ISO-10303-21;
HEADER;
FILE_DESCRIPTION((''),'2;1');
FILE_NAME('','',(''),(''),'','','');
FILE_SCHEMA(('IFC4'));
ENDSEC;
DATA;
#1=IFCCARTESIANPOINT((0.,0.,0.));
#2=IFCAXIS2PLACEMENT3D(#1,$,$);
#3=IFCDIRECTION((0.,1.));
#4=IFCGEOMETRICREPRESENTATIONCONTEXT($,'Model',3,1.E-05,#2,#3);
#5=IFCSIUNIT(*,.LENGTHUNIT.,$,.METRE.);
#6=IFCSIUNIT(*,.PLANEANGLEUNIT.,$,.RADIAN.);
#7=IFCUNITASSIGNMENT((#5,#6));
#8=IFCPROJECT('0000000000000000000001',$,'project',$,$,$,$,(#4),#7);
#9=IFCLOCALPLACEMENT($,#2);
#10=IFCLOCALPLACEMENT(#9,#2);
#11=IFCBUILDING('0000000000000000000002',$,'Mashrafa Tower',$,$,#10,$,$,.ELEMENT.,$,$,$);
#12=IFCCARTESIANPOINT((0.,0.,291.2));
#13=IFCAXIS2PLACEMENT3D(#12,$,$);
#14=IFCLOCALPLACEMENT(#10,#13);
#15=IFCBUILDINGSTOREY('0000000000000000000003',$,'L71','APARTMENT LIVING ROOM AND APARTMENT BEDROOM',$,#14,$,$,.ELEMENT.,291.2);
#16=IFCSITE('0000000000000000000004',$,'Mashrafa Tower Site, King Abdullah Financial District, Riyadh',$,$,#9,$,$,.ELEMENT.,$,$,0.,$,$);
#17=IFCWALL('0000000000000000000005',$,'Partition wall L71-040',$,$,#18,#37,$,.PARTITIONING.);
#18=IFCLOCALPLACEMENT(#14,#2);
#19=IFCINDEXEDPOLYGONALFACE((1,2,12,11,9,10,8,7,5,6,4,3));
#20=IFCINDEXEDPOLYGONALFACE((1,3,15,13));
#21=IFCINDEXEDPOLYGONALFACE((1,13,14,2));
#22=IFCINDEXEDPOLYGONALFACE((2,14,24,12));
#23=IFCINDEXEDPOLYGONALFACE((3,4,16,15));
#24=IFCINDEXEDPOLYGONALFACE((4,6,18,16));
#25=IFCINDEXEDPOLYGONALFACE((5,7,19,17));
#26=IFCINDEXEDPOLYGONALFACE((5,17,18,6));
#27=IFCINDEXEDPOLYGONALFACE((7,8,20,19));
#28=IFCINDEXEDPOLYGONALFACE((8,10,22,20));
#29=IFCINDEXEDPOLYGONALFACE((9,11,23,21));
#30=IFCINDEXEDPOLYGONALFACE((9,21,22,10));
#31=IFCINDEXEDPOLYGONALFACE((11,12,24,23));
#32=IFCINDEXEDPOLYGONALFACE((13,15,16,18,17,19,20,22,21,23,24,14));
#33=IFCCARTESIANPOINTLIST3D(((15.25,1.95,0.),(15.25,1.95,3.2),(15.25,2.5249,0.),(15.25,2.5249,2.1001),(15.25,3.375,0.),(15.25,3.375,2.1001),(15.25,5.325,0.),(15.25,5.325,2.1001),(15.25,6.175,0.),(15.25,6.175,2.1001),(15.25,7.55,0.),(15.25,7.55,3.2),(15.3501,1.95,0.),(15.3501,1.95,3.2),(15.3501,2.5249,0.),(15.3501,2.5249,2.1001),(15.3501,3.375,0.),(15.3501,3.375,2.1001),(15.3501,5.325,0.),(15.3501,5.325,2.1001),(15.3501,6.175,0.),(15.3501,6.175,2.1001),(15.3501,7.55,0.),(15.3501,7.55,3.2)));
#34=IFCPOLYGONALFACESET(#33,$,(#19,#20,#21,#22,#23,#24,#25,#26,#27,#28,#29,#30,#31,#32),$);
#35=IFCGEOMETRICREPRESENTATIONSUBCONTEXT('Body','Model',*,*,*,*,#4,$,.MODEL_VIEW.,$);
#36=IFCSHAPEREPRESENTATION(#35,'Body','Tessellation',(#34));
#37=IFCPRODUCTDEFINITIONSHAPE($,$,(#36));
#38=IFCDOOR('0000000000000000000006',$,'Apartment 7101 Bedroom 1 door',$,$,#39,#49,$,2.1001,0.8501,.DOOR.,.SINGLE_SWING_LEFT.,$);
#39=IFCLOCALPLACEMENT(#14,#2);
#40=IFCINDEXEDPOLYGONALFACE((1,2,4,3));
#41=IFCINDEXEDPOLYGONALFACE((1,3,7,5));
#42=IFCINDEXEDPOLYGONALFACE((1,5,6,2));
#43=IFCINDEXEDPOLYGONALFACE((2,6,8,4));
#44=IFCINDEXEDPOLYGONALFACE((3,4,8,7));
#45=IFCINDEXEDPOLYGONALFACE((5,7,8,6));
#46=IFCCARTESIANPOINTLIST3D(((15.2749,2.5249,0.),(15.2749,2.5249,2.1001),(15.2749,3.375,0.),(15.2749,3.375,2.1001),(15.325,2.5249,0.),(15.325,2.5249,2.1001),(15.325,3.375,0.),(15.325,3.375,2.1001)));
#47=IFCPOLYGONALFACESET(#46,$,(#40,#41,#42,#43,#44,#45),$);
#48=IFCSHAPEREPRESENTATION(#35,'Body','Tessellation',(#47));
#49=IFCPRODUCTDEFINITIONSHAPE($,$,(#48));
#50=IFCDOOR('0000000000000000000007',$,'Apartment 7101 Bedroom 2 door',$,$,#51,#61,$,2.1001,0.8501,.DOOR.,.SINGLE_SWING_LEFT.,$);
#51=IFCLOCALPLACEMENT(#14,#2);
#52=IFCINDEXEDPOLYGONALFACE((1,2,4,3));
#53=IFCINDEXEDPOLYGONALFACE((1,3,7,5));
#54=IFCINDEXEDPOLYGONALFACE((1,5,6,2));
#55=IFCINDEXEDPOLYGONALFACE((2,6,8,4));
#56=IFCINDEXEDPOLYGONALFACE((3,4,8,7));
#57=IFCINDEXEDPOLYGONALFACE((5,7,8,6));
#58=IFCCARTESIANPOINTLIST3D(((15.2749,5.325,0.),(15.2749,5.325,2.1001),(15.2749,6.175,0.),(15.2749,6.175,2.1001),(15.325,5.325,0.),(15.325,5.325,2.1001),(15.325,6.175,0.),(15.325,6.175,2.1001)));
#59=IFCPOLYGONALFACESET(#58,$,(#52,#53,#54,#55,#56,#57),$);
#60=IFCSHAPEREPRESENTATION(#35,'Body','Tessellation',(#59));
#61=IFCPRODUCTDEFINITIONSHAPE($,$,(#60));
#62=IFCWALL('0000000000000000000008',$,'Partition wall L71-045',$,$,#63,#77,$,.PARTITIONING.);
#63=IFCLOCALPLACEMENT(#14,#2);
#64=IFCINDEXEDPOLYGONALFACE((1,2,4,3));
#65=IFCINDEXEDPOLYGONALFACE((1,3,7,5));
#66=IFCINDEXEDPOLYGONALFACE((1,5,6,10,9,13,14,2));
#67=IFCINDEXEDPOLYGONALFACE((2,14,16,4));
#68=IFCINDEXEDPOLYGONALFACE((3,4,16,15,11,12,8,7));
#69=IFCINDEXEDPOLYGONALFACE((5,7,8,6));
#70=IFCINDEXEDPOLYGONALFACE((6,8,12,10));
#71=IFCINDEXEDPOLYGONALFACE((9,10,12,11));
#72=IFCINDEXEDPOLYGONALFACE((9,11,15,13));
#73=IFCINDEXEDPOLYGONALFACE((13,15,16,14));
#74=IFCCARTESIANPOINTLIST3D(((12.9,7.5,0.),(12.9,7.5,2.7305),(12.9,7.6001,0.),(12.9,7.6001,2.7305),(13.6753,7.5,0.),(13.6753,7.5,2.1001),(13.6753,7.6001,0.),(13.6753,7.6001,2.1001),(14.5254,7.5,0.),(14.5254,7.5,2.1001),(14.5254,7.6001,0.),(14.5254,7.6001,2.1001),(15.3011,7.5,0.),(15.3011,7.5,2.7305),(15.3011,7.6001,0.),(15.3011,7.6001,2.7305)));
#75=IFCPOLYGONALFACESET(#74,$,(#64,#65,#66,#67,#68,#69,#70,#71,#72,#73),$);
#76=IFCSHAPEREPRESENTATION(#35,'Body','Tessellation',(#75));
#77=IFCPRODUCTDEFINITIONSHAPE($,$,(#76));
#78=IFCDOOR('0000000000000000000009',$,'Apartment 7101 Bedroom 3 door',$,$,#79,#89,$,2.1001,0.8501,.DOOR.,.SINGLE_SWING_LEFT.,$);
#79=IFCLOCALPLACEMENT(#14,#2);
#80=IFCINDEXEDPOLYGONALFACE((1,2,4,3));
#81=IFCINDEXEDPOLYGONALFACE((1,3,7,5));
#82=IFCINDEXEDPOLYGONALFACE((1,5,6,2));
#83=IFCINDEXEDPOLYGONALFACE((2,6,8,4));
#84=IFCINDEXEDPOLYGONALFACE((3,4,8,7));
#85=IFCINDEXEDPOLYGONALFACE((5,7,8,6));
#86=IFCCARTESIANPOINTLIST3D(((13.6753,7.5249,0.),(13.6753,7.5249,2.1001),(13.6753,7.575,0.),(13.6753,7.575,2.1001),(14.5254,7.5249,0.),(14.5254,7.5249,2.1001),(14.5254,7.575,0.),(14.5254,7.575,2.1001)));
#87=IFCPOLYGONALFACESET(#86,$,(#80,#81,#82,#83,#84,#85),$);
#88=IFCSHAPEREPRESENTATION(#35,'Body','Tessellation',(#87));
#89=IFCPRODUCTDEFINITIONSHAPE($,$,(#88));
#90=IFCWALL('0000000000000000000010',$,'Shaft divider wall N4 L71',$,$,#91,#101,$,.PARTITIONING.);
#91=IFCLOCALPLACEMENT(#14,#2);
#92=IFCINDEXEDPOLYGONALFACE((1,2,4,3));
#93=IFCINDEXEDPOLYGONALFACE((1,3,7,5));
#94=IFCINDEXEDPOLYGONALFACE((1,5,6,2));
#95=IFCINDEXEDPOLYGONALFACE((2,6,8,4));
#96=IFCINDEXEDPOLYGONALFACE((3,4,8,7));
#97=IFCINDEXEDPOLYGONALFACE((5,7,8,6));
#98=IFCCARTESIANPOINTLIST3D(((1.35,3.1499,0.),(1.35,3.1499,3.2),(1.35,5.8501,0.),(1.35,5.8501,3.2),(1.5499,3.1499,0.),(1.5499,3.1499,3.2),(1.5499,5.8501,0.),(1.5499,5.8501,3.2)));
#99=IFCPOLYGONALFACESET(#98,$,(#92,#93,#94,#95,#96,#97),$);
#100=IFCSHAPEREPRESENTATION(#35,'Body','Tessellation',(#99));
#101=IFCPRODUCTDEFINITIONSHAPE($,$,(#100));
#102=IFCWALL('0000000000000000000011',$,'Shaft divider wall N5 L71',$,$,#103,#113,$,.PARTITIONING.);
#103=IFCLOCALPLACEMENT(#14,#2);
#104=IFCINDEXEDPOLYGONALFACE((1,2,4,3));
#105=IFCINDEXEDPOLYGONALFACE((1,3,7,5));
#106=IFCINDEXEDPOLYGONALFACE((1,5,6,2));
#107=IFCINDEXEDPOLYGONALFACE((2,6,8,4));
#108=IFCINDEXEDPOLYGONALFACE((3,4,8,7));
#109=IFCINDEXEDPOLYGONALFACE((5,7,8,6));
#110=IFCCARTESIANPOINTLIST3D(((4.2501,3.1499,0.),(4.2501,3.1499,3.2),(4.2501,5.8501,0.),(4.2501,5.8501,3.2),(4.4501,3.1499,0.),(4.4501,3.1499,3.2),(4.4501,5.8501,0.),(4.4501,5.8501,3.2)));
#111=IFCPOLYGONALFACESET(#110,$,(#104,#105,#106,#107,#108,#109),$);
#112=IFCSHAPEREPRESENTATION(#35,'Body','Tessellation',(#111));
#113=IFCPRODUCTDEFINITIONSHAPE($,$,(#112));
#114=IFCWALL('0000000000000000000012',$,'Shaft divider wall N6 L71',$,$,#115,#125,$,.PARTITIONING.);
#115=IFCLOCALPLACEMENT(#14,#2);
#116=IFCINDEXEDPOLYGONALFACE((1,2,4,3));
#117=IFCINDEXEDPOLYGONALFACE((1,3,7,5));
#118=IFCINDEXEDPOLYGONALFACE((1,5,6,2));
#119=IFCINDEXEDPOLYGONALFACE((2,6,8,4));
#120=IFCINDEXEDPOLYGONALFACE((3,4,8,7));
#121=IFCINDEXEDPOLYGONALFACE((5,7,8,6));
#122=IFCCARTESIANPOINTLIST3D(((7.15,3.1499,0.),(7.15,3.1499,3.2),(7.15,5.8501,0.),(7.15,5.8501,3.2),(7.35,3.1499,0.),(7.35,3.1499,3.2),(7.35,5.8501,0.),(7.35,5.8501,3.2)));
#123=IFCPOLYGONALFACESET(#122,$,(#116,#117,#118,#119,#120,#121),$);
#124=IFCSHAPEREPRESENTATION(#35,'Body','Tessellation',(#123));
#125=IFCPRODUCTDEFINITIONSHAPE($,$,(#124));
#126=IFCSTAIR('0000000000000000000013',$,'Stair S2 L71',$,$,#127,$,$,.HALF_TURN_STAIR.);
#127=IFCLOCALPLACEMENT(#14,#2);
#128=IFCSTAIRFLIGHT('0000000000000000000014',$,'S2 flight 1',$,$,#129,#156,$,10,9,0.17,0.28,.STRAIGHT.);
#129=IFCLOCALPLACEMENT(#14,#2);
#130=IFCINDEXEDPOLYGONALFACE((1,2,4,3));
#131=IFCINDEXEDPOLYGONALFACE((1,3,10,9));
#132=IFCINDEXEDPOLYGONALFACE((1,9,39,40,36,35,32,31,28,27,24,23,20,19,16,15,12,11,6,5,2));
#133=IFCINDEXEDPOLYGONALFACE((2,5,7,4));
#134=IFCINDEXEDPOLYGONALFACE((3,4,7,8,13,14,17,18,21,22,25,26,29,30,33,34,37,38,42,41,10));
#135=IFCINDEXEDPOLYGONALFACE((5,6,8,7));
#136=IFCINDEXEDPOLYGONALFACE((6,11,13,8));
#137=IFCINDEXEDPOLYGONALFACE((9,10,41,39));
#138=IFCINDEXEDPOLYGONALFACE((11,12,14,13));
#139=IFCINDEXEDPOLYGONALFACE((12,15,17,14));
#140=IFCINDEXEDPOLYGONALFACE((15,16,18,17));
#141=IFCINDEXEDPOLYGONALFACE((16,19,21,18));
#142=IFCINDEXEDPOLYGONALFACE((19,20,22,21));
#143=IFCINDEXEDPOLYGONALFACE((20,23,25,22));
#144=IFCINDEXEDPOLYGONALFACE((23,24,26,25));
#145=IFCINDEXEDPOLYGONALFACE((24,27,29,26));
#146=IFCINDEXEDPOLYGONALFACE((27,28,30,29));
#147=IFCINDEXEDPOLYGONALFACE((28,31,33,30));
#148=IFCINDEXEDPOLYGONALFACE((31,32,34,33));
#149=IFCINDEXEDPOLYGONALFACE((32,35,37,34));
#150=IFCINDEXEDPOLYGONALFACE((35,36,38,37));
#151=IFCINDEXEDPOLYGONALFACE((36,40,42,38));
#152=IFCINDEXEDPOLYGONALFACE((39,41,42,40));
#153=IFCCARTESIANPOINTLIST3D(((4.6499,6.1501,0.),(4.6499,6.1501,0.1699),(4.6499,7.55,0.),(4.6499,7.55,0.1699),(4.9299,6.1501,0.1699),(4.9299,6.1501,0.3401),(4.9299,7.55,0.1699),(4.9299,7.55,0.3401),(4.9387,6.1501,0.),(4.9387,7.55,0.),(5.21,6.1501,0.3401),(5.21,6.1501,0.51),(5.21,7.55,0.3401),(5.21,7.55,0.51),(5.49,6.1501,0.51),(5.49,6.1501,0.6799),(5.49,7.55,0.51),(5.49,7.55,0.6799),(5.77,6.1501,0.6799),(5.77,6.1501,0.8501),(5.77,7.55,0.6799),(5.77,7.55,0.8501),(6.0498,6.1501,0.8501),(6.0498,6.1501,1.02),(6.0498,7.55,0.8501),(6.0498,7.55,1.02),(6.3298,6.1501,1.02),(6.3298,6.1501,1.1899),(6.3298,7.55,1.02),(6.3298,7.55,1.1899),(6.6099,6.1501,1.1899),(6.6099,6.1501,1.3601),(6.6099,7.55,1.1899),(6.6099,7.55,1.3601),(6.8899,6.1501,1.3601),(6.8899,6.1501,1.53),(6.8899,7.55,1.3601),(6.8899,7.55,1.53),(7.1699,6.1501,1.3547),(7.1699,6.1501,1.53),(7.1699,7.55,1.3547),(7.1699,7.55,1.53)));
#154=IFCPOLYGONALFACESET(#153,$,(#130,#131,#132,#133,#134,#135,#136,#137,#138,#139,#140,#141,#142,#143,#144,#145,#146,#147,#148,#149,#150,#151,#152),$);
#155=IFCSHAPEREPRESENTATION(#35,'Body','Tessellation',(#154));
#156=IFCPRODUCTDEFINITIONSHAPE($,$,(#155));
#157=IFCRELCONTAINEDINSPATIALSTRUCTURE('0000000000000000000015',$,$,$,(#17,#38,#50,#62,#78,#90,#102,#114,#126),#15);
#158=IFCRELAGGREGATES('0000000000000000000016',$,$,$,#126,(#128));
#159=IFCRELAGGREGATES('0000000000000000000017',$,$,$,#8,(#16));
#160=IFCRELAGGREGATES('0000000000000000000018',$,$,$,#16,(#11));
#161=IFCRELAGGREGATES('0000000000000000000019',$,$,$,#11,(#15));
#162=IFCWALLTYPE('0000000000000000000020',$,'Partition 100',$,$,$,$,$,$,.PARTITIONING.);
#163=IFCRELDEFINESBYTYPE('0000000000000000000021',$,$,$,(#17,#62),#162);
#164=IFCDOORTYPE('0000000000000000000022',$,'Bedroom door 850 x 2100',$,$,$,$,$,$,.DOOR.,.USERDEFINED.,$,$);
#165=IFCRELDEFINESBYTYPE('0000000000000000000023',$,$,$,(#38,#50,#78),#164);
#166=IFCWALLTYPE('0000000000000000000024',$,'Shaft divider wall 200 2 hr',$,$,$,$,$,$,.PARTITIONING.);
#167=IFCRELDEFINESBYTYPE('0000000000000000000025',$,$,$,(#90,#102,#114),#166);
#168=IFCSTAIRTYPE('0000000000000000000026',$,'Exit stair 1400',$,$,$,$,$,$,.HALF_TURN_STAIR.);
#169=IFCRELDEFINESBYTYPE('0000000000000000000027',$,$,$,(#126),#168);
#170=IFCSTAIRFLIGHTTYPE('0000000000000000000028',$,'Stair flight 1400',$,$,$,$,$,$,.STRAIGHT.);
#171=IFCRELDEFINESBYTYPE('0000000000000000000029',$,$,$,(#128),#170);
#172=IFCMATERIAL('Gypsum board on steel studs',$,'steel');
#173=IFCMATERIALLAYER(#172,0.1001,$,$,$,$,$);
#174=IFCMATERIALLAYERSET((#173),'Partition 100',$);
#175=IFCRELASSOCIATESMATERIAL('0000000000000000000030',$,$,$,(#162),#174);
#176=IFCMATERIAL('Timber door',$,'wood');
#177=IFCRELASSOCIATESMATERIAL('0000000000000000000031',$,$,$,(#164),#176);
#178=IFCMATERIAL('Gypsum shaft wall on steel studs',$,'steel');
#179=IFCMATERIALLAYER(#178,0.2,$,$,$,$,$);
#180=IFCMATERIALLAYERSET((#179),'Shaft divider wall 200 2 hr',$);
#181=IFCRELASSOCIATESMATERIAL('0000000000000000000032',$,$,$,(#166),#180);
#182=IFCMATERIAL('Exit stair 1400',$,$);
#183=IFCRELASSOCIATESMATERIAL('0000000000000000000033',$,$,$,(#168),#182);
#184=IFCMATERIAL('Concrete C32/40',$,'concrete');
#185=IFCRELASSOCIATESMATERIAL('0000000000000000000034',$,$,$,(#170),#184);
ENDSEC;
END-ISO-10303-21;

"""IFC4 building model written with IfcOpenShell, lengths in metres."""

from ifc_helpers import new_model, si_unit, direction, frame, frame_2d, origin, place, context, subcontext, project, spatial, polyline, rectangle, outline, extrude, material, layer, layer_set, type_object, element, fill, aggregate, save


model = new_model("IFC4")

# Units and contexts
model_context = context("Model", 3, precision=1e-05, world=origin(), true_north=direction((0.0, 1.0)))
body_context = subcontext(model_context, "Body", "Model", "MODEL_VIEW")
ifc_project = project(units=[si_unit("LENGTHUNIT", "METRE"), si_unit("PLANEANGLEUNIT", "RADIAN")], contexts=[model_context])

# Site, building, storey
site_placement = place(None, origin())
site = spatial("IfcSite", under=ifc_project, at=site_placement, Name="Mashrafa Tower Site, King Abdullah Financial District, Riyadh", CompositionType="ELEMENT", RefElevation=0.0)
building_placement = place(site_placement, origin())
building = spatial("IfcBuilding", under=site, at=building_placement, Name="Mashrafa Tower", CompositionType="ELEMENT")
storey_placement = place(building_placement, frame((0.0, 0.0, 291.2)))
storey = spatial("IfcBuildingStorey", under=building, at=storey_placement, Name="L71", Description="APARTMENT LIVING ROOM AND APARTMENT BEDROOM", CompositionType="ELEMENT", Elevation=291.2)

# Shared definitions
ifc_material_1 = material(Name="Gypsum board on steel studs", Category="steel")
ifc_layer_1 = layer(ifc_material_1, 0.1001)
ifc_layer_set_1 = layer_set([ifc_layer_1], Name="Partition 100")
wall_type_1 = type_object("IfcWallType", Name="Partition 100", PredefinedType="PARTITIONING", material=ifc_layer_set_1)

# Wall, openings, doors
wall_1_placement = place(storey_placement, frame((15.3, 1.95, 0.0), z_axis=(0.0, 0.0, 1.0), x_axis=(0.0, 1.0, 0.0)))
wall_1 = element("IfcWall", 1, at=wall_1_placement, inside=storey, type_object=wall_type_1, Name="Partition wall L71-040", PredefinedType="PARTITIONING", context=body_context, shape_type="SweptSolid", body=[
    extrude(rectangle(XDim=5.6001, YDim=0.1001, at=frame_2d((2.8, 0.0))), origin(), (0.0, 0.0, 1.0), 3.2),
])
opening_1_placement = place(wall_1_placement, frame((0.575, 0.0, 0.0)))
opening_1 = element("IfcOpeningElement", 2, at=opening_1_placement, cuts=wall_1, PredefinedType="OPENING", context=body_context, shape_type="SweptSolid", body=[
    extrude(rectangle(XDim=0.8501, YDim=2.1001, at=frame_2d((0.425, 1.05))), frame((0.0, 0.0601, 0.0), z_axis=(0.0, -1.0, 0.0), x_axis=(1.0, 0.0, 0.0)), (0.0, 0.0, 1.0), 0.1201),
])
opening_2_placement = place(wall_1_placement, frame((3.375, 0.0, 0.0)))
opening_2 = element("IfcOpeningElement", 3, at=opening_2_placement, cuts=wall_1, PredefinedType="OPENING", context=body_context, shape_type="SweptSolid", body=[
    extrude(rectangle(XDim=0.8501, YDim=2.1001, at=frame_2d((0.425, 1.05))), frame((0.0, 0.0601, 0.0), z_axis=(0.0, -1.0, 0.0), x_axis=(1.0, 0.0, 0.0)), (0.0, 0.0, 1.0), 0.1201),
])
ifc_material_2 = material(Name="Timber door", Category="wood")
door_type_1 = type_object("IfcDoorType", Name="Bedroom door 850 x 2100", OperationType="USERDEFINED", PredefinedType="DOOR", material=ifc_material_2)
door_1_placement = place(opening_1_placement, frame((0.8501, 0.0, 0.0), z_axis=(0.0, 0.0, 1.0), x_axis=(-1.0, 0.0, 0.0)))
door_1 = element("IfcDoor", 4, at=door_1_placement, inside=storey, type_object=door_type_1, Name="Apartment 7101 Bedroom 1 door", OperationType="SINGLE_SWING_LEFT", OverallHeight=2.1001, OverallWidth=0.8501, PredefinedType="DOOR", context=body_context, shape_type="SweptSolid", body=[
    extrude(rectangle(XDim=0.8501, YDim=2.1001, at=frame_2d((0.425, 1.05))), frame((0.0, 0.0249, 0.0), z_axis=(0.0, -1.0, 0.0), x_axis=(1.0, 0.0, 0.0)), (0.0, 0.0, 1.0), 0.05),
])
fill(opening_1, door_1)
door_2_placement = place(opening_2_placement, frame((0.8501, 0.0, 0.0), z_axis=(0.0, 0.0, 1.0), x_axis=(-1.0, 0.0, 0.0)))
door_2 = element("IfcDoor", 5, at=door_2_placement, inside=storey, type_object=door_type_1, Name="Apartment 7101 Bedroom 2 door", OperationType="SINGLE_SWING_LEFT", OverallHeight=2.1001, OverallWidth=0.8501, PredefinedType="DOOR", context=body_context, shape_type="SweptSolid", body=[
    extrude(rectangle(XDim=0.8501, YDim=2.1001, at=frame_2d((0.425, 1.05))), frame((0.0, 0.0249, 0.0), z_axis=(0.0, -1.0, 0.0), x_axis=(1.0, 0.0, 0.0)), (0.0, 0.0, 1.0), 0.05),
])
fill(opening_2, door_2)

# Wall, opening, door
wall_2_placement = place(storey_placement, frame((12.8999, 7.55, 0.0), z_axis=(0.0, 0.0, 1.0), x_axis=(1.0, 0.0, 0.0)))
wall_2 = element("IfcWall", 6, at=wall_2_placement, inside=storey, type_object=wall_type_1, Name="Partition wall L71-045", PredefinedType="PARTITIONING", context=body_context, shape_type="SweptSolid", body=[
    extrude(rectangle(XDim=2.4011, YDim=0.1001, at=frame_2d((1.2007, 0.0))), origin(), (0.0, 0.0, 1.0), 2.7305),
])
opening_3_placement = place(wall_2_placement, frame((0.7754, 0.0, 0.0)))
opening_3 = element("IfcOpeningElement", 7, at=opening_3_placement, cuts=wall_2, PredefinedType="OPENING", context=body_context, shape_type="SweptSolid", body=[
    extrude(rectangle(XDim=0.8501, YDim=2.1001, at=frame_2d((0.425, 1.05))), frame((0.0, 0.0601, 0.0), z_axis=(0.0, -1.0, 0.0), x_axis=(1.0, 0.0, 0.0)), (0.0, 0.0, 1.0), 0.1201),
])
door_3_placement = place(opening_3_placement, origin())
door_3 = element("IfcDoor", 8, at=door_3_placement, inside=storey, type_object=door_type_1, Name="Apartment 7101 Bedroom 3 door", OperationType="SINGLE_SWING_LEFT", OverallHeight=2.1001, OverallWidth=0.8501, PredefinedType="DOOR", context=body_context, shape_type="SweptSolid", body=[
    extrude(rectangle(XDim=0.8501, YDim=2.1001, at=frame_2d((0.425, 1.05))), frame((0.0, 0.0249, 0.0), z_axis=(0.0, -1.0, 0.0), x_axis=(1.0, 0.0, 0.0)), (0.0, 0.0, 1.0), 0.05),
])
fill(opening_3, door_3)

# Walls
ifc_material_3 = material(Name="Gypsum shaft wall on steel studs", Category="steel")
ifc_layer_2 = layer(ifc_material_3, 0.2)
ifc_layer_set_2 = layer_set([ifc_layer_2], Name="Shaft divider wall 200 2 hr")
wall_type_2 = type_object("IfcWallType", Name="Shaft divider wall 200 2 hr", PredefinedType="PARTITIONING", material=ifc_layer_set_2)
for number, where, z_axis, x_axis, name in (
    (9, (1.45, 3.1499, 0.0), (0.0, 0.0, 1.0), (0.0, 1.0, 0.0), "Shaft divider wall N4 L71"),
    (10, (4.3501, 3.1499, 0.0), (0.0, 0.0, 1.0), (0.0, 1.0, 0.0), "Shaft divider wall N5 L71"),
    (11, (7.25, 3.1499, 0.0), (0.0, 0.0, 1.0), (0.0, 1.0, 0.0), "Shaft divider wall N6 L71"),
):
    element("IfcWall", number, at=place(storey_placement, frame(where, z_axis=z_axis, x_axis=x_axis)), inside=storey, type_object=wall_type_2, Name=name, PredefinedType="PARTITIONING", context=body_context, shape_type="SweptSolid", body=[
        extrude(rectangle(XDim=2.7002, YDim=0.2, at=frame_2d((1.3501, 0.0))), origin(), (0.0, 0.0, 1.0), 3.2),
    ])

# Stair, stair flight
ifc_material_4 = material(Name="Exit stair 1400")
stair_type = type_object("IfcStairType", Name="Exit stair 1400", PredefinedType="HALF_TURN_STAIR", material=ifc_material_4)
stair_placement = place(storey_placement, origin())
stair = element("IfcStair", 12, at=stair_placement, inside=storey, type_object=stair_type, Name="Stair S2 L71", PredefinedType="HALF_TURN_STAIR")
ifc_material_5 = material(Name="Concrete C32/40", Category="concrete")
stair_flight_type = type_object("IfcStairFlightType", Name="Stair flight 1400", PredefinedType="STRAIGHT", material=ifc_material_5)
stair_flight_1_placement = place(storey_placement, frame((4.6499, 6.8501, 0.0), z_axis=(0.0, 0.0, 1.0), x_axis=(1.0, 0.0, 0.0)))
stair_flight_1 = element("IfcStairFlight", 13, at=stair_flight_1_placement, type_object=stair_flight_type, Name="S2 flight 1", NumberOfRisers=10, NumberOfTreads=9, PredefinedType="STRAIGHT", RiserHeight=0.17, TreadLength=0.28, context=body_context, shape_type="SweptSolid", body=[
    extrude(outline(polyline([(0.0, 0.0), (0.0, 0.1699), (0.28, 0.1699), (0.28, 0.3401), (0.5601, 0.3401), (0.5601, 0.51), (0.8401, 0.51), (0.8401, 0.6799), (1.1201, 0.6799), (1.1201, 0.8501), (1.3999, 0.8501), (1.3999, 1.02), (1.6799, 1.02), (1.6799, 1.1899), (1.96, 1.1899), (1.96, 1.3601), (2.24, 1.3601), (2.24, 1.53), (2.52, 1.53), (2.52, 1.7), (2.52, 1.3547), (0.2888, 0.0), (0.0, 0.0)])), frame((0.0, 0.7, 0.0), z_axis=(0.0, -1.0, 0.0), x_axis=(1.0, 0.0, 0.0)), (0.0, 0.0, 1.0), 1.3999),
])
aggregate(stair, [stair_flight_1])

save(model, "model.ifc")
